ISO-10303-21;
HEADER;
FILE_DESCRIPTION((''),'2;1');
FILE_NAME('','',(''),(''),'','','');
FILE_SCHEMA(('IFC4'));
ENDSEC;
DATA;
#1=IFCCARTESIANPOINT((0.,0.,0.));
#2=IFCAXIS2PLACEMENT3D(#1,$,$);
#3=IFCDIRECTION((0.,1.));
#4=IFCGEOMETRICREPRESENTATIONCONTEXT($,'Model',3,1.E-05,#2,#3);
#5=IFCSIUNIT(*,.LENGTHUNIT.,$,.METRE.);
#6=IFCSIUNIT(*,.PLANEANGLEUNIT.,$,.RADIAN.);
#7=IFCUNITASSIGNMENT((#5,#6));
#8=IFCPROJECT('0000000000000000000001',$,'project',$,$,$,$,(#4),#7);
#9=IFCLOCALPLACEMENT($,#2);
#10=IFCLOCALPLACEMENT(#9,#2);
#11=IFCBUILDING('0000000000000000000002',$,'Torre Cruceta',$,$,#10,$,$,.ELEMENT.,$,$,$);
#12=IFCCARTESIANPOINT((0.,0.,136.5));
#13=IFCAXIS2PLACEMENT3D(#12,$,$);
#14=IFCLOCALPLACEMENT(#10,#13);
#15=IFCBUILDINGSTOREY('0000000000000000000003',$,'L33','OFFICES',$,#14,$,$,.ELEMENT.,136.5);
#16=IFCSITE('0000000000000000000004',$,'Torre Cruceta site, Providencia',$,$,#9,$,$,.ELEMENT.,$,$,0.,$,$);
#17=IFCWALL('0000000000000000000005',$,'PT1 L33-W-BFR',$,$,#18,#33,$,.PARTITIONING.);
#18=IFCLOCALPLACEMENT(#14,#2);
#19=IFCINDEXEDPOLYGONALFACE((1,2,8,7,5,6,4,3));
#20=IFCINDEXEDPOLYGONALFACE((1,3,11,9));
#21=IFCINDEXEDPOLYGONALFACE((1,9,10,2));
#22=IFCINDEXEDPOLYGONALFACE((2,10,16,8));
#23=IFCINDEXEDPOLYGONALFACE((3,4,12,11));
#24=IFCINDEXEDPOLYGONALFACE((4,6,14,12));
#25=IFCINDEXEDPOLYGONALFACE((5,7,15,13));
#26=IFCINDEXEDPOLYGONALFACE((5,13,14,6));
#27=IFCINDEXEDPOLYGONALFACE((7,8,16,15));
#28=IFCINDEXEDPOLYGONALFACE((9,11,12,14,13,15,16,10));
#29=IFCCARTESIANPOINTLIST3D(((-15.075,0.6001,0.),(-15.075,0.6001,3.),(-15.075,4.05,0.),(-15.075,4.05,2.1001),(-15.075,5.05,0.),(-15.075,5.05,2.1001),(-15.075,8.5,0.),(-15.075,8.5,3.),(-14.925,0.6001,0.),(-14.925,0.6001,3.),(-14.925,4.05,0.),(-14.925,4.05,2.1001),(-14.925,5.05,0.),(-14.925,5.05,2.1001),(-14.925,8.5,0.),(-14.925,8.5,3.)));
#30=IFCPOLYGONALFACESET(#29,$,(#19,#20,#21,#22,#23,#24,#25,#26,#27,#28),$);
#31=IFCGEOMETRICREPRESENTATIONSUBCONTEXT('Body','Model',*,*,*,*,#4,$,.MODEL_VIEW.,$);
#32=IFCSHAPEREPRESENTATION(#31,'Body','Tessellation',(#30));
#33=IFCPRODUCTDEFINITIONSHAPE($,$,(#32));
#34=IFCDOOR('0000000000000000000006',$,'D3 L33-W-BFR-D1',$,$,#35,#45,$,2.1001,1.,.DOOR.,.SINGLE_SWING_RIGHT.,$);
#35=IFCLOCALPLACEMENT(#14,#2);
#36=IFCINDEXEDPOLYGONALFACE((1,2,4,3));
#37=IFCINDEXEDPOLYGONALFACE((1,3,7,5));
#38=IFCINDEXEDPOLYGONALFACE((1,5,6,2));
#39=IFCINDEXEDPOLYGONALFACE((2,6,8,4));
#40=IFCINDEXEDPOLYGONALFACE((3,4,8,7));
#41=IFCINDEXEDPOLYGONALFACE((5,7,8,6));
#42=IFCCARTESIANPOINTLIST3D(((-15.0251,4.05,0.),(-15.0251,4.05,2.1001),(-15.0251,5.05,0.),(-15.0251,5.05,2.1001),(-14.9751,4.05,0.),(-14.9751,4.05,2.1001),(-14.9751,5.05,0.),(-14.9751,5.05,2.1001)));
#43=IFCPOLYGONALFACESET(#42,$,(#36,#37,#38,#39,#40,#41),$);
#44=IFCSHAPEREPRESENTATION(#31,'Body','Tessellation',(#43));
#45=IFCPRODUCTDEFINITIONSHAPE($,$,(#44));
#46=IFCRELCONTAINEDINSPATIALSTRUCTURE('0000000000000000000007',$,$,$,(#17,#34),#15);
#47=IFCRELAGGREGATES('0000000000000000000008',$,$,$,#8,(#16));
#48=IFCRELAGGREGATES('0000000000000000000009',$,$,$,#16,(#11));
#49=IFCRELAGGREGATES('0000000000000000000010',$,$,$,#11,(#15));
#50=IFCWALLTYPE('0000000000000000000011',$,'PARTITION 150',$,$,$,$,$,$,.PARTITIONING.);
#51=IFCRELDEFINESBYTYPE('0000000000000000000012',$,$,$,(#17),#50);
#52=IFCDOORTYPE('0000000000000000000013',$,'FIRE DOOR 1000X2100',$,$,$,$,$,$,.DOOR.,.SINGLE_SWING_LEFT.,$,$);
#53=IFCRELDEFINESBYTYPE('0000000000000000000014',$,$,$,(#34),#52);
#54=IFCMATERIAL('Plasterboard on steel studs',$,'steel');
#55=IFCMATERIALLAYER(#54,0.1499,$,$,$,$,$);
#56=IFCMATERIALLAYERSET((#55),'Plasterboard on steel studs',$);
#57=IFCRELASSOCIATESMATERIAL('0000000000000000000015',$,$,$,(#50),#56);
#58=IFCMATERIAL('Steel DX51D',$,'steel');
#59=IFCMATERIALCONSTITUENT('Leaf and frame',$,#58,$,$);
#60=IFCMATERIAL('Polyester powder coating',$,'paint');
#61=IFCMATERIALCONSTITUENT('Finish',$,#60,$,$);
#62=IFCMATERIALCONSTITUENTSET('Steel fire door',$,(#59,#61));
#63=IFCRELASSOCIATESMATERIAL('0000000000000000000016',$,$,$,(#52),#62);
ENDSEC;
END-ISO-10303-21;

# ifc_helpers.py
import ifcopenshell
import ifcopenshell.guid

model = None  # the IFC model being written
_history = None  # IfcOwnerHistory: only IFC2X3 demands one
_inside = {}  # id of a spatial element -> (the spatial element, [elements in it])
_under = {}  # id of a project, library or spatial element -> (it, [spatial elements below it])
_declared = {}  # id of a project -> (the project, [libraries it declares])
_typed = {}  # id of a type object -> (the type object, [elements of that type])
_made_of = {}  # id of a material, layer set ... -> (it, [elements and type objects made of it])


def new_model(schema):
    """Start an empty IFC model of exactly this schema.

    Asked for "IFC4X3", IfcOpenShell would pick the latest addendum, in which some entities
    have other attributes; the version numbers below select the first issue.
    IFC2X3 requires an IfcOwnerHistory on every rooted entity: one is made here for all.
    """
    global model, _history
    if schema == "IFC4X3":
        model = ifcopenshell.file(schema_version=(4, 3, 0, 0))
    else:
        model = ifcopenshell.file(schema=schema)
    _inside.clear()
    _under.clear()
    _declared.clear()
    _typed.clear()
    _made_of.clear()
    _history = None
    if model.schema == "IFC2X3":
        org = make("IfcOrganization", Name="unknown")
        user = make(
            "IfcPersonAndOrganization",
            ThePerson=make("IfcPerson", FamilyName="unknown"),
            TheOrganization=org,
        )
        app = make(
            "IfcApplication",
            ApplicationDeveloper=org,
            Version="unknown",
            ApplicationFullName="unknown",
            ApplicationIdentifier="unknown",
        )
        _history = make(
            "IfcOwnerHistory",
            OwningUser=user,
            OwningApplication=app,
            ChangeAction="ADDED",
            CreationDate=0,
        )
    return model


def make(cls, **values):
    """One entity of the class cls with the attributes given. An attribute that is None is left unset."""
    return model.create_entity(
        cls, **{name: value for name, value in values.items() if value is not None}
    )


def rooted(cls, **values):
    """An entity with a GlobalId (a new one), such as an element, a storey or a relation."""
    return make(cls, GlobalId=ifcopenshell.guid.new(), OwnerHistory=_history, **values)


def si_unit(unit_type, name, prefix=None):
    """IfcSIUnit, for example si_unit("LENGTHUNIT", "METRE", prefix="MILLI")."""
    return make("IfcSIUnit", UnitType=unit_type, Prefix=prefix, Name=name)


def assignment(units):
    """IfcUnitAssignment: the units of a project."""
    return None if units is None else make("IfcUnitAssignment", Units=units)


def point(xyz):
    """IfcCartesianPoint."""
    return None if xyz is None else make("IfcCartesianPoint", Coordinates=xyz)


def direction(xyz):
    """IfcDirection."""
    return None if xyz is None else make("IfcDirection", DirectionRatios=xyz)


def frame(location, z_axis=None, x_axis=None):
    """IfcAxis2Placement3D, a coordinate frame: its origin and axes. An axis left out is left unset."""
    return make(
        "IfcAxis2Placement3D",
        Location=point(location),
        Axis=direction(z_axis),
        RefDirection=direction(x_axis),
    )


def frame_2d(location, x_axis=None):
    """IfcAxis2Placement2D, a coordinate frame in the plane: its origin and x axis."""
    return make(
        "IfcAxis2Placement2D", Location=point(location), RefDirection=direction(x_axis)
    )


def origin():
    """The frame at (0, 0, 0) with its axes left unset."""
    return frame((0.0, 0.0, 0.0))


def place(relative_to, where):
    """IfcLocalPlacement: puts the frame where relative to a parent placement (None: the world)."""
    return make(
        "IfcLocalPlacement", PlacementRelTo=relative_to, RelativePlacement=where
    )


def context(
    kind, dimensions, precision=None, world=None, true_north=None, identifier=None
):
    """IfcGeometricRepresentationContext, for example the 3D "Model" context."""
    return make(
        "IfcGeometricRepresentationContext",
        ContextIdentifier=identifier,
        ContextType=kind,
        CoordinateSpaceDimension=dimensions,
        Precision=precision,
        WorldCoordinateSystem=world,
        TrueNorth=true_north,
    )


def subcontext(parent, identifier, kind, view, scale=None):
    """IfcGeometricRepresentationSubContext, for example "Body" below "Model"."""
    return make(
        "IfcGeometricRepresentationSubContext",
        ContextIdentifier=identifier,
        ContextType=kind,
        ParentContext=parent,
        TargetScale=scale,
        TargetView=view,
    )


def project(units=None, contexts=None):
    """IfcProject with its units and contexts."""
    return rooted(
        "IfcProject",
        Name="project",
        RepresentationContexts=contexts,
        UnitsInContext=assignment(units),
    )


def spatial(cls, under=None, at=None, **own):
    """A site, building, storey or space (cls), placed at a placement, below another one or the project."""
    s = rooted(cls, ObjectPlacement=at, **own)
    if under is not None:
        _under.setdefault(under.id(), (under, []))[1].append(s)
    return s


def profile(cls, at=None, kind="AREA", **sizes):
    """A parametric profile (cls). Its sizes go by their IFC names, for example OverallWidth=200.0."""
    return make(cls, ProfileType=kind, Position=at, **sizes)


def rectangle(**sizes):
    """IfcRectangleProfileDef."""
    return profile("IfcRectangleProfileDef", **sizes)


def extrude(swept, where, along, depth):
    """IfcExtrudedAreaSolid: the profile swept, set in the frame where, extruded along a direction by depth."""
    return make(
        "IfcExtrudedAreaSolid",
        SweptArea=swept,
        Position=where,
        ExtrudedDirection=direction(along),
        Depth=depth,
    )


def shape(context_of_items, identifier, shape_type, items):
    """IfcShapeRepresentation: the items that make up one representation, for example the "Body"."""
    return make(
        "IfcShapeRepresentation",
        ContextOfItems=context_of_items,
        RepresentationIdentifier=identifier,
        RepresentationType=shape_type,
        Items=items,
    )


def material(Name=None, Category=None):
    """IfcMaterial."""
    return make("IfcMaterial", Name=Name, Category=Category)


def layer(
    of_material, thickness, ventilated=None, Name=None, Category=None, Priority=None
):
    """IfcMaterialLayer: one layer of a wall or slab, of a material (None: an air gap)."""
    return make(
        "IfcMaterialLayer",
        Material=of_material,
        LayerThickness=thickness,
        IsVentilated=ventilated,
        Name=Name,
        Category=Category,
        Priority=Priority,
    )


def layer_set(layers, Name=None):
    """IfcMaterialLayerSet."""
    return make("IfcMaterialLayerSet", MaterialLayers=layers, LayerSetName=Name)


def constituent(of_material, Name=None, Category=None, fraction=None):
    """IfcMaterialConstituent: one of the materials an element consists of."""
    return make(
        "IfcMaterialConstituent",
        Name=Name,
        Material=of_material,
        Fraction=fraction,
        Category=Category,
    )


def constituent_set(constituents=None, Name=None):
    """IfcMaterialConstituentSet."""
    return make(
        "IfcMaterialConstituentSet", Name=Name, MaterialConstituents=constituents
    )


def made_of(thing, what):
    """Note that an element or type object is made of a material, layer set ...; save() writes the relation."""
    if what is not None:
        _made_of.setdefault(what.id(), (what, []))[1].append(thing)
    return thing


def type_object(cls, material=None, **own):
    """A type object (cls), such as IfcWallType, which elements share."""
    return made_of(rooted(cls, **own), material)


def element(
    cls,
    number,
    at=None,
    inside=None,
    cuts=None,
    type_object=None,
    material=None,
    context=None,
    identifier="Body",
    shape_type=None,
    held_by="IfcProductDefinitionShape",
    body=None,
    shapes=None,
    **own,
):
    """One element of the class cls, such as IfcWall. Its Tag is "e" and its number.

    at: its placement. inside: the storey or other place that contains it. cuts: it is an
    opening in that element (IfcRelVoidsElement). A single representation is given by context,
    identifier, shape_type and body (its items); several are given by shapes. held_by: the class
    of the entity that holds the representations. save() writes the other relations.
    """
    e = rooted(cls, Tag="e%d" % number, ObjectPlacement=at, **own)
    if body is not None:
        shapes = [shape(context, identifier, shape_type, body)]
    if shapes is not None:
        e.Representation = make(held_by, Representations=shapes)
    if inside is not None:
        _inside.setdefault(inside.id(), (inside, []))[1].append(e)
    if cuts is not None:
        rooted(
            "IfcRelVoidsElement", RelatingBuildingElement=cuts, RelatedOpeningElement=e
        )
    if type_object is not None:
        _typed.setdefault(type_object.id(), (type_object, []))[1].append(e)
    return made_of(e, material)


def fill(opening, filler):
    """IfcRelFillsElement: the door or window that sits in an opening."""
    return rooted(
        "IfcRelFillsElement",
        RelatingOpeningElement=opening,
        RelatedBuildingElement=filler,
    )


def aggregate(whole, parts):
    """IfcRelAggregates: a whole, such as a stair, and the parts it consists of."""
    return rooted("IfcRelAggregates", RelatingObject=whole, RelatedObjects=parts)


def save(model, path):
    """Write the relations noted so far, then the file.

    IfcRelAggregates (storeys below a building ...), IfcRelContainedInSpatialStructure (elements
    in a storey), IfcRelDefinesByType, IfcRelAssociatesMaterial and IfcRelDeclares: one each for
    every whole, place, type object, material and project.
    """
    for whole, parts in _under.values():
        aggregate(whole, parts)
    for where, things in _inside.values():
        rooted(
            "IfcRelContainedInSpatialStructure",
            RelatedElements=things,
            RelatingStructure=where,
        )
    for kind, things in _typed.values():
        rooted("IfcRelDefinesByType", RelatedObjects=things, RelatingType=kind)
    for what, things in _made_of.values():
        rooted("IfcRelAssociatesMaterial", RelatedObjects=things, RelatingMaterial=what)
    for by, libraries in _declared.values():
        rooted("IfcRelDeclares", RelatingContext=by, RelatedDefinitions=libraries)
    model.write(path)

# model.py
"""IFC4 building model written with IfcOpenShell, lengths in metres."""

from ifc_helpers import new_model, si_unit, direction, frame, frame_2d, origin, place, context, subcontext, project, spatial, rectangle, extrude, material, layer, layer_set, constituent, constituent_set, type_object, element, fill, save


model = new_model("IFC4")

# Units and contexts
model_context = context("Model", 3, precision=1e-05, world=origin(), true_north=direction((0.0, 1.0)))
body_context = subcontext(model_context, "Body", "Model", "MODEL_VIEW")
ifc_project = project(units=[si_unit("LENGTHUNIT", "METRE"), si_unit("PLANEANGLEUNIT", "RADIAN")], contexts=[model_context])

# Site, building, storey
site_placement = place(None, origin())
site = spatial("IfcSite", under=ifc_project, at=site_placement, Name="Torre Cruceta site, Providencia", CompositionType="ELEMENT", RefElevation=0.0)
building_placement = place(site_placement, origin())
building = spatial("IfcBuilding", under=site, at=building_placement, Name="Torre Cruceta", CompositionType="ELEMENT")
storey_placement = place(building_placement, frame((0.0, 0.0, 136.5)))
storey = spatial("IfcBuildingStorey", under=building, at=storey_placement, Name="L33", Description="OFFICES", CompositionType="ELEMENT", Elevation=136.5)

# Shared definitions
ifc_material_1 = material(Name="Plasterboard on steel studs", Category="steel")
ifc_layer_1 = layer(ifc_material_1, 0.1499)
ifc_layer_set_1 = layer_set([ifc_layer_1], Name="Plasterboard on steel studs")
wall_type = type_object("IfcWallType", Name="PARTITION 150", PredefinedType="PARTITIONING", material=ifc_layer_set_1)
ifc_material_2 = material(Name="Steel DX51D", Category="steel")
ifc_constituent_1 = constituent(ifc_material_2, Name="Leaf and frame")
ifc_material_3 = material(Name="Polyester powder coating", Category="paint")
ifc_constituent_2 = constituent(ifc_material_3, Name="Finish")
ifc_constituent_set = constituent_set(constituents=[ifc_constituent_1, ifc_constituent_2], Name="Steel fire door")
door_type = type_object("IfcDoorType", Name="FIRE DOOR 1000X2100", OperationType="SINGLE_SWING_LEFT", PredefinedType="DOOR", material=ifc_constituent_set)

# Wall, opening, door
wall_1_placement = place(storey_placement, frame((-15.0, 8.5, 0.0), z_axis=(0.0, 0.0, 1.0), x_axis=(0.0, -1.0, 0.0)))
wall_1 = element("IfcWall", 1, at=wall_1_placement, inside=storey, type_object=wall_type, Name="PT1 L33-W-BFR", PredefinedType="PARTITIONING", context=body_context, shape_type="SweptSolid", body=[
    extrude(rectangle(XDim=7.8999, YDim=0.1499, at=frame_2d((3.95, 0.0))), origin(), (0.0, 0.0, 1.0), 3.0),
])
opening_1_placement = place(wall_1_placement, frame((3.45, 0.0, 0.0)))
opening_1 = element("IfcOpeningElement", 2, at=opening_1_placement, cuts=wall_1, PredefinedType="OPENING", context=body_context, shape_type="SweptSolid", body=[
    extrude(rectangle(XDim=1.0, YDim=2.1001, at=frame_2d((0.5, 1.05))), frame((0.0, 0.085, 0.0), z_axis=(0.0, -1.0, 0.0), x_axis=(1.0, 0.0, 0.0)), (0.0, 0.0, 1.0), 0.1699),
])
door_1_placement = place(opening_1_placement, origin())
door_1 = element("IfcDoor", 3, at=door_1_placement, inside=storey, type_object=door_type, Name="D3 L33-W-BFR-D1", OperationType="SINGLE_SWING_RIGHT", OverallHeight=2.1001, OverallWidth=1.0, PredefinedType="DOOR", context=body_context, shape_type="SweptSolid", body=[
    extrude(rectangle(XDim=1.0, YDim=2.1001, at=frame_2d((0.5, 1.05))), frame((0.0, 0.0249, 0.0), z_axis=(0.0, -1.0, 0.0), x_axis=(1.0, 0.0, 0.0)), (0.0, 0.0, 1.0), 0.05),
])
fill(opening_1, door_1)

save(model, "model.ifc")
